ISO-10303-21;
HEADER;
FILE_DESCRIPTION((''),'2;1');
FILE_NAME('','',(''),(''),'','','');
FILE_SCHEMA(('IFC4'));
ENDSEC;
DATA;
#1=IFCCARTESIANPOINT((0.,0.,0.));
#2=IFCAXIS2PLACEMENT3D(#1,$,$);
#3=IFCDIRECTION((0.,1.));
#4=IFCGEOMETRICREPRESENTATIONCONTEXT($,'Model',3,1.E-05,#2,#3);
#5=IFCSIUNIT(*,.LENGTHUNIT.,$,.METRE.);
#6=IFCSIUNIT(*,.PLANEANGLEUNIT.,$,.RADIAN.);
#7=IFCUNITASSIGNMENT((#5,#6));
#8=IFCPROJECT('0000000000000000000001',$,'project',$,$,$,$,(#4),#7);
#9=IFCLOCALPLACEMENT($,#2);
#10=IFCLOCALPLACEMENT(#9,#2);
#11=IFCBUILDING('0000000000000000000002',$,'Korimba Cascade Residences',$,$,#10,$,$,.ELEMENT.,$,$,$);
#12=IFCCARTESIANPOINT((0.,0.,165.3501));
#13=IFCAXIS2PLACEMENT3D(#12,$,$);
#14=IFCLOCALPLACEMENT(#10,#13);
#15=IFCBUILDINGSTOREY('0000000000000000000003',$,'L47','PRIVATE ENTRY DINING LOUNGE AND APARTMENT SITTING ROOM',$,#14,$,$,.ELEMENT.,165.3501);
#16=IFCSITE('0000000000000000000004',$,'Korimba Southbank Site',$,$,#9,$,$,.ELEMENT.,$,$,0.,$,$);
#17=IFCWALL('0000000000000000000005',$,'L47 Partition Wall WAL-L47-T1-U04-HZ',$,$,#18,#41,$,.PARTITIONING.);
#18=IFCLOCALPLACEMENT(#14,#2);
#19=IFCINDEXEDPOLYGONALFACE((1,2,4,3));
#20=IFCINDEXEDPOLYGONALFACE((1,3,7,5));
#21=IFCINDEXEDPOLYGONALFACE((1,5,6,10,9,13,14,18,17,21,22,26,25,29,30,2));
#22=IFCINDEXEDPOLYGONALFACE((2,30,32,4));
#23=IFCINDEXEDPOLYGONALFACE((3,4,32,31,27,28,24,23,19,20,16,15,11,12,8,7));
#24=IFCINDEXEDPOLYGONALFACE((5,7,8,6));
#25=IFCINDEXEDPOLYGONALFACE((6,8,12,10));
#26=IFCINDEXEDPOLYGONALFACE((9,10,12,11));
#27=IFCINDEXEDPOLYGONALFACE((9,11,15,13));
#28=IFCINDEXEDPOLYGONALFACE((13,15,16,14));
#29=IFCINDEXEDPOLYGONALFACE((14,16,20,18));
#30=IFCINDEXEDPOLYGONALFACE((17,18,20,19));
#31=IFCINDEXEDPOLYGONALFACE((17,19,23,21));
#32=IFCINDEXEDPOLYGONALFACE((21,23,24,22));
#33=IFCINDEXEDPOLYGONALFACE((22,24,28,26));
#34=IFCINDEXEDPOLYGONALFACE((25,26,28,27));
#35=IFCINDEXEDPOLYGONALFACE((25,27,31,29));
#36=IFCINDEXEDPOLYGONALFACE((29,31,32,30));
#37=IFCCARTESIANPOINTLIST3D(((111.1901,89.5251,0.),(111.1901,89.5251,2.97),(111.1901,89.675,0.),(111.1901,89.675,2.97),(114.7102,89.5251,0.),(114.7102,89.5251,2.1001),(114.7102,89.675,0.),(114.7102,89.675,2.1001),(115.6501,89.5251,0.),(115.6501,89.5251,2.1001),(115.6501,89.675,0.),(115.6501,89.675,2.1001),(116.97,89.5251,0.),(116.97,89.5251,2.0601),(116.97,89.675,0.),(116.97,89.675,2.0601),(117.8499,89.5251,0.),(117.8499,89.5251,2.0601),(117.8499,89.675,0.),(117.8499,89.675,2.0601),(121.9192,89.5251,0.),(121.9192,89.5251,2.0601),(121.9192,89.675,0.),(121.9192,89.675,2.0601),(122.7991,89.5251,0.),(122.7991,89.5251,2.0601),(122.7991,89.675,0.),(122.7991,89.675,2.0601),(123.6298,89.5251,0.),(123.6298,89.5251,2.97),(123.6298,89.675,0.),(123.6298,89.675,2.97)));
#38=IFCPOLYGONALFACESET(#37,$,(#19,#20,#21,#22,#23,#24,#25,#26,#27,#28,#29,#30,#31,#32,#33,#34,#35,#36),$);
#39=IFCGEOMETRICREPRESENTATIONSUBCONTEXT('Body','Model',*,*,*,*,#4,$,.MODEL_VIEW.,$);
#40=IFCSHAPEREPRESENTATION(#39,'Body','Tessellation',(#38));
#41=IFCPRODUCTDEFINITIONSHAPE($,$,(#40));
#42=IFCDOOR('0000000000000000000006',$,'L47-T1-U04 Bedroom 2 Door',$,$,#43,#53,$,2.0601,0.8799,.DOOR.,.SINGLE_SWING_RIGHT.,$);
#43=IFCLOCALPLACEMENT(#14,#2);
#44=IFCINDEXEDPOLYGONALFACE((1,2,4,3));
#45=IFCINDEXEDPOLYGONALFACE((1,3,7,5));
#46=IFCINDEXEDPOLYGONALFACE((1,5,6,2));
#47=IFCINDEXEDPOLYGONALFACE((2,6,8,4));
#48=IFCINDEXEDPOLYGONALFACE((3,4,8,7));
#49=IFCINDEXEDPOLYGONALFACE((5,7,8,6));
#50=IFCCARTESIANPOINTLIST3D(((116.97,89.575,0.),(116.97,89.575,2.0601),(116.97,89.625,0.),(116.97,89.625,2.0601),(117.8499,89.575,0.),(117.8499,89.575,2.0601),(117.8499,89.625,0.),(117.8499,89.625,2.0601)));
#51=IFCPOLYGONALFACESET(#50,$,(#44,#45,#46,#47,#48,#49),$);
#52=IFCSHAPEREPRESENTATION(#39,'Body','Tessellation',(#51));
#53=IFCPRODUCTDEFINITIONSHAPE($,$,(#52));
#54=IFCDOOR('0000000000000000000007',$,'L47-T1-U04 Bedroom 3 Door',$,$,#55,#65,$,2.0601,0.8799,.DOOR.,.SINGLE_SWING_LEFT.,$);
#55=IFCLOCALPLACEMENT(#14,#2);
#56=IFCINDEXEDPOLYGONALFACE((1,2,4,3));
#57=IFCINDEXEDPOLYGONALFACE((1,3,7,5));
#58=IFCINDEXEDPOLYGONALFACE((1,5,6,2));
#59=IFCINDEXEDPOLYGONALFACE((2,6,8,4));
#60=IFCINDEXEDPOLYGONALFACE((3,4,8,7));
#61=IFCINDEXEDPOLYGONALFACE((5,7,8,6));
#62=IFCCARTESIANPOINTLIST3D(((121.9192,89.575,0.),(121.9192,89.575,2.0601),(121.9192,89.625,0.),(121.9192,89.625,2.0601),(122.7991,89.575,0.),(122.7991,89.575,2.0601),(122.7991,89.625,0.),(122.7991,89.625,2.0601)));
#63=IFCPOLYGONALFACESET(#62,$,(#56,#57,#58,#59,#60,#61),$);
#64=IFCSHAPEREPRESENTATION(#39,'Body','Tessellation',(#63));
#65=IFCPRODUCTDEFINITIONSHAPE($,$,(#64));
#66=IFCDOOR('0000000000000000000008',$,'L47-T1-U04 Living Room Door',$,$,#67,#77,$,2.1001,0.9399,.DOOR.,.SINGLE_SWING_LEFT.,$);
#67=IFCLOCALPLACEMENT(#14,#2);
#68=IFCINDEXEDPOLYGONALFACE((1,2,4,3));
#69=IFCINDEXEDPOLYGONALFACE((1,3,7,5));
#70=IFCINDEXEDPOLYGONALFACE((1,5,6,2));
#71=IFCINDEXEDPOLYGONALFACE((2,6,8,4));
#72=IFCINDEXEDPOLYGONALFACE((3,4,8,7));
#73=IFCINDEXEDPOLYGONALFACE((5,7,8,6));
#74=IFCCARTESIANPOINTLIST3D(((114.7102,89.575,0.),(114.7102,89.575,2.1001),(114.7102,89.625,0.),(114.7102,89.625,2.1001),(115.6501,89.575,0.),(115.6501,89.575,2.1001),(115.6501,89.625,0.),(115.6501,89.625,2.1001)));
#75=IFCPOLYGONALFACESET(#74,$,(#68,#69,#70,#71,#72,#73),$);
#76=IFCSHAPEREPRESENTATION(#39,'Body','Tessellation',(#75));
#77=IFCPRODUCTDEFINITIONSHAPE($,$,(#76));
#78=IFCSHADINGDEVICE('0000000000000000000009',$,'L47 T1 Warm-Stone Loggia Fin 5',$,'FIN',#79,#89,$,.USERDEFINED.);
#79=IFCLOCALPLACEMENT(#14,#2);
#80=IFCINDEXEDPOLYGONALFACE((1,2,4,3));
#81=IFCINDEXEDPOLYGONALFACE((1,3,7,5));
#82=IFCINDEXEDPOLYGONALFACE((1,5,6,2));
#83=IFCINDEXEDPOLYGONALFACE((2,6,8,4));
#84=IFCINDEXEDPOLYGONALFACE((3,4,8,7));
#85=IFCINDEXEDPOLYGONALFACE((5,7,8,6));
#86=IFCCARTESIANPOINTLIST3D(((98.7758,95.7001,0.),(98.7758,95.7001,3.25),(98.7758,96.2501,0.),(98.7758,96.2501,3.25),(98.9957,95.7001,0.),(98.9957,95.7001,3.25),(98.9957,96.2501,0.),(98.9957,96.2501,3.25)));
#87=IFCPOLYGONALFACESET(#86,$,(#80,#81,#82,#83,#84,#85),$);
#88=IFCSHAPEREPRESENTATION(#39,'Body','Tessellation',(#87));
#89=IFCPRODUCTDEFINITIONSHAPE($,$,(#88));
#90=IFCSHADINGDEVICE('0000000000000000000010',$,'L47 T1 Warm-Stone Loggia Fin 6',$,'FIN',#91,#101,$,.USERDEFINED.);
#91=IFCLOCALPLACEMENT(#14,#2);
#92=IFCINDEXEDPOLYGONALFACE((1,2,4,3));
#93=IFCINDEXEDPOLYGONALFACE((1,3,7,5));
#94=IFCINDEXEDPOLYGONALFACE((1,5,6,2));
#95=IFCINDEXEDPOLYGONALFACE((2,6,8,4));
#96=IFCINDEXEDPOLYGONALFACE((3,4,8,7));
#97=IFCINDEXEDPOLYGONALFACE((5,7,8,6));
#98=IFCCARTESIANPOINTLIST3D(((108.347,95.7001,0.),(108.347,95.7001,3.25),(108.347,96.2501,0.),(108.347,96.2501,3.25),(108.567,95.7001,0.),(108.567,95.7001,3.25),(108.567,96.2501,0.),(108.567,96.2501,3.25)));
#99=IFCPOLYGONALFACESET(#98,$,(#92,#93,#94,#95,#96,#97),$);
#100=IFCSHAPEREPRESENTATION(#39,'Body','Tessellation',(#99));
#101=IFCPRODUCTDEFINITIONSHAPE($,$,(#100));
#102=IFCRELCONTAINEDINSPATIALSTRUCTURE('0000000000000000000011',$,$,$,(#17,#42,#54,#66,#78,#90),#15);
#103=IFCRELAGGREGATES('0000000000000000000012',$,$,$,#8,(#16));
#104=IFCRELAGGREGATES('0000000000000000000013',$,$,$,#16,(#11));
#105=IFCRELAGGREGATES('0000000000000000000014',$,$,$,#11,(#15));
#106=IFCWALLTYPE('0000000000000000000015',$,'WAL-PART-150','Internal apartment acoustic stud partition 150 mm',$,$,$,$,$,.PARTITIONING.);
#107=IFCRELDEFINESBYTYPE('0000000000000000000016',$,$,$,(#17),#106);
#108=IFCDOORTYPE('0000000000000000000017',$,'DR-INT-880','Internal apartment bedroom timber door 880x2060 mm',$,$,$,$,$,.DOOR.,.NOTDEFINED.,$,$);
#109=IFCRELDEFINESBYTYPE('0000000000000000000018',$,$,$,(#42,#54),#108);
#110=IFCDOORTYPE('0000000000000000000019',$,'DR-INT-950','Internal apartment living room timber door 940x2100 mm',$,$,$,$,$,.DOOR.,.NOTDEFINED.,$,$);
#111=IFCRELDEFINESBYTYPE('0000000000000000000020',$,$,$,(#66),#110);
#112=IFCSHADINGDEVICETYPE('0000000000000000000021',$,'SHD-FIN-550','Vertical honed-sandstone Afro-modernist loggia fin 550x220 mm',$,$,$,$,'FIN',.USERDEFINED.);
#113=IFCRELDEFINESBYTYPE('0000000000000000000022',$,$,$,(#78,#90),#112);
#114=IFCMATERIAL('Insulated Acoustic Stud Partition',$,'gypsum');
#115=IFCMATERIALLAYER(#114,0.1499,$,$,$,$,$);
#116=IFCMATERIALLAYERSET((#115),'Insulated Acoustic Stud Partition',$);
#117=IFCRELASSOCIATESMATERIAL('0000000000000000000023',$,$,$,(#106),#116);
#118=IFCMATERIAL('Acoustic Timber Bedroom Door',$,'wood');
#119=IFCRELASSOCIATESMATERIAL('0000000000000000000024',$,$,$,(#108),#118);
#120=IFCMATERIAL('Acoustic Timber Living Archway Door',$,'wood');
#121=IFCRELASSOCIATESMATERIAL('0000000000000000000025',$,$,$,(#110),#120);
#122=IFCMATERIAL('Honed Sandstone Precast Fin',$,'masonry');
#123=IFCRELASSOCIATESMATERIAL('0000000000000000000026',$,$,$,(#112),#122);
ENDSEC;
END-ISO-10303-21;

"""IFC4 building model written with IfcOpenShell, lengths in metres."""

from ifc_helpers import new_model, si_unit, direction, frame, frame_2d, origin, origin_2d, place, context, subcontext, project, spatial, rectangle, extrude, material, layer, layer_set, type_object, element, fill, save


model = new_model("IFC4")

# Units and contexts
model_context = context("Model", 3, precision=1e-05, world=origin(), true_north=direction((0.0, 1.0)))
body_context = subcontext(model_context, "Body", "Model", "MODEL_VIEW")
ifc_project = project(units=[si_unit("LENGTHUNIT", "METRE"), si_unit("PLANEANGLEUNIT", "RADIAN")], contexts=[model_context])

# Site, building, storey
site_placement = place(None, origin())
site = spatial("IfcSite", under=ifc_project, at=site_placement, Name="Korimba Southbank Site", CompositionType="ELEMENT", RefElevation=0.0)
building_placement = place(site_placement, origin())
building = spatial("IfcBuilding", under=site, at=building_placement, Name="Korimba Cascade Residences", CompositionType="ELEMENT")
storey_placement = place(building_placement, frame((0.0, 0.0, 165.3501)))
storey = spatial("IfcBuildingStorey", under=building, at=storey_placement, Name="L47", Description="PRIVATE ENTRY DINING LOUNGE AND APARTMENT SITTING ROOM", CompositionType="ELEMENT", Elevation=165.3501)

# Shared definitions
ifc_material_1 = material(Name="Insulated Acoustic Stud Partition", Category="gypsum")
ifc_layer = layer(ifc_material_1, 0.1499)
ifc_layer_set = layer_set([ifc_layer], Name="Insulated Acoustic Stud Partition")
wall_type = type_object("IfcWallType", Name="WAL-PART-150", Description="Internal apartment acoustic stud partition 150 mm", PredefinedType="PARTITIONING", material=ifc_layer_set)

# Wall, openings, doors
wall_1_placement = place(storey_placement, frame((111.1902, 89.6001, 0.0), z_axis=(0.0, 0.0, 1.0), x_axis=(1.0, 0.0, 0.0)))
wall_1 = element("IfcWall", 1, at=wall_1_placement, inside=storey, type_object=wall_type, Name="L47 Partition Wall WAL-L47-T1-U04-HZ", PredefinedType="PARTITIONING", context=body_context, shape_type="SweptSolid", body=[
    extrude(rectangle(XDim=12.4397, YDim=0.1499, at=frame_2d((6.2197, 0.0))), origin(), (0.0, 0.0, 1.0), 2.97),
])
opening_1_placement = place(wall_1_placement, frame((3.52, 0.0, 0.0)))
opening_1 = element("IfcOpeningElement", 2, at=opening_1_placement, cuts=wall_1, PredefinedType="OPENING", context=body_context, shape_type="SweptSolid", body=[
    extrude(rectangle(XDim=0.9399, YDim=2.1001, at=frame_2d((0.47, 1.05))), frame((0.0, 0.085, 0.0), z_axis=(0.0, -1.0, 0.0), x_axis=(1.0, 0.0, 0.0)), (0.0, 0.0, 1.0), 0.1699),
])
opening_2_placement = place(wall_1_placement, frame((5.7798, 0.0, 0.0)))
opening_2 = element("IfcOpeningElement", 3, at=opening_2_placement, cuts=wall_1, PredefinedType="OPENING", context=body_context, shape_type="SweptSolid", body=[
    extrude(rectangle(XDim=0.8799, YDim=2.0601, at=frame_2d((0.4399, 1.03))), frame((0.0, 0.085, 0.0), z_axis=(0.0, -1.0, 0.0), x_axis=(1.0, 0.0, 0.0)), (0.0, 0.0, 1.0), 0.1699),
])
opening_3_placement = place(wall_1_placement, frame((10.729, 0.0, 0.0)))
opening_3 = element("IfcOpeningElement", 4, at=opening_3_placement, cuts=wall_1, PredefinedType="OPENING", context=body_context, shape_type="SweptSolid", body=[
    extrude(rectangle(XDim=0.8799, YDim=2.0601, at=frame_2d((0.4399, 1.03))), frame((0.0, 0.085, 0.0), z_axis=(0.0, -1.0, 0.0), x_axis=(1.0, 0.0, 0.0)), (0.0, 0.0, 1.0), 0.1699),
])
ifc_material_2 = material(Name="Acoustic Timber Bedroom Door", Category="wood")
door_type_1 = type_object("IfcDoorType", Name="DR-INT-880", Description="Internal apartment bedroom timber door 880x2060 mm", OperationType="NOTDEFINED", PredefinedType="DOOR", material=ifc_material_2)
door_1_placement = place(opening_2_placement, origin())
door_1 = element("IfcDoor", 5, at=door_1_placement, inside=storey, type_object=door_type_1, Name="L47-T1-U04 Bedroom 2 Door", OperationType="SINGLE_SWING_RIGHT", OverallHeight=2.0601, OverallWidth=0.8799, PredefinedType="DOOR", context=body_context, shape_type="SweptSolid", body=[
    extrude(rectangle(XDim=0.8799, YDim=2.0601, at=frame_2d((0.4399, 1.03))), frame((0.0, 0.0249, 0.0), z_axis=(0.0, -1.0, 0.0), x_axis=(1.0, 0.0, 0.0)), (0.0, 0.0, 1.0), 0.05),
])
fill(opening_2, door_1)
door_2_placement = place(opening_3_placement, origin())
door_2 = element("IfcDoor", 6, at=door_2_placement, inside=storey, type_object=door_type_1, Name="L47-T1-U04 Bedroom 3 Door", OperationType="SINGLE_SWING_LEFT", OverallHeight=2.0601, OverallWidth=0.8799, PredefinedType="DOOR", context=body_context, shape_type="SweptSolid", body=[
    extrude(rectangle(XDim=0.8799, YDim=2.0601, at=frame_2d((0.4399, 1.03))), frame((0.0, 0.0249, 0.0), z_axis=(0.0, -1.0, 0.0), x_axis=(1.0, 0.0, 0.0)), (0.0, 0.0, 1.0), 0.05),
])
fill(opening_3, door_2)
ifc_material_3 = material(Name="Acoustic Timber Living Archway Door", Category="wood")
door_type_2 = type_object("IfcDoorType", Name="DR-INT-950", Description="Internal apartment living room timber door 940x2100 mm", OperationType="NOTDEFINED", PredefinedType="DOOR", material=ifc_material_3)
door_3_placement = place(opening_1_placement, origin())
door_3 = element("IfcDoor", 7, at=door_3_placement, inside=storey, type_object=door_type_2, Name="L47-T1-U04 Living Room Door", OperationType="SINGLE_SWING_LEFT", OverallHeight=2.1001, OverallWidth=0.9399, PredefinedType="DOOR", context=body_context, shape_type="SweptSolid", body=[
    extrude(rectangle(XDim=0.9399, YDim=2.1001, at=frame_2d((0.47, 1.05))), frame((0.0, 0.0249, 0.0), z_axis=(0.0, -1.0, 0.0), x_axis=(1.0, 0.0, 0.0)), (0.0, 0.0, 1.0), 0.05),
])
fill(opening_1, door_3)

# Shading devices
ifc_material_4 = material(Name="Honed Sandstone Precast Fin", Category="masonry")
shading_device_type = type_object("IfcShadingDeviceType", Name="SHD-FIN-550", Description="Vertical honed-sandstone Afro-modernist loggia fin 550x220 mm", ElementType="FIN", PredefinedType="USERDEFINED", material=ifc_material_4)
for number, where, z_axis, x_axis, name in (
    (8, (98.8857, 95.9751, 0.0), (0.0, 0.0, 1.0), (1.0, 0.0, 0.0), "L47 T1 Warm-Stone Loggia Fin 5"),
    (9, (108.457, 95.9751, 0.0), (0.0, 0.0, 1.0), (1.0, 0.0, 0.0), "L47 T1 Warm-Stone Loggia Fin 6"),
):
    element("IfcShadingDevice", number, at=place(storey_placement, frame(where, z_axis=z_axis, x_axis=x_axis)), inside=storey, type_object=shading_device_type, Name=name, ObjectType="FIN", PredefinedType="USERDEFINED", context=body_context, shape_type="SweptSolid", body=[
        extrude(rectangle(XDim=0.22, YDim=0.55, at=origin_2d()), origin(), (0.0, 0.0, 1.0), 3.25),
    ])

save(model, "model.ifc")
